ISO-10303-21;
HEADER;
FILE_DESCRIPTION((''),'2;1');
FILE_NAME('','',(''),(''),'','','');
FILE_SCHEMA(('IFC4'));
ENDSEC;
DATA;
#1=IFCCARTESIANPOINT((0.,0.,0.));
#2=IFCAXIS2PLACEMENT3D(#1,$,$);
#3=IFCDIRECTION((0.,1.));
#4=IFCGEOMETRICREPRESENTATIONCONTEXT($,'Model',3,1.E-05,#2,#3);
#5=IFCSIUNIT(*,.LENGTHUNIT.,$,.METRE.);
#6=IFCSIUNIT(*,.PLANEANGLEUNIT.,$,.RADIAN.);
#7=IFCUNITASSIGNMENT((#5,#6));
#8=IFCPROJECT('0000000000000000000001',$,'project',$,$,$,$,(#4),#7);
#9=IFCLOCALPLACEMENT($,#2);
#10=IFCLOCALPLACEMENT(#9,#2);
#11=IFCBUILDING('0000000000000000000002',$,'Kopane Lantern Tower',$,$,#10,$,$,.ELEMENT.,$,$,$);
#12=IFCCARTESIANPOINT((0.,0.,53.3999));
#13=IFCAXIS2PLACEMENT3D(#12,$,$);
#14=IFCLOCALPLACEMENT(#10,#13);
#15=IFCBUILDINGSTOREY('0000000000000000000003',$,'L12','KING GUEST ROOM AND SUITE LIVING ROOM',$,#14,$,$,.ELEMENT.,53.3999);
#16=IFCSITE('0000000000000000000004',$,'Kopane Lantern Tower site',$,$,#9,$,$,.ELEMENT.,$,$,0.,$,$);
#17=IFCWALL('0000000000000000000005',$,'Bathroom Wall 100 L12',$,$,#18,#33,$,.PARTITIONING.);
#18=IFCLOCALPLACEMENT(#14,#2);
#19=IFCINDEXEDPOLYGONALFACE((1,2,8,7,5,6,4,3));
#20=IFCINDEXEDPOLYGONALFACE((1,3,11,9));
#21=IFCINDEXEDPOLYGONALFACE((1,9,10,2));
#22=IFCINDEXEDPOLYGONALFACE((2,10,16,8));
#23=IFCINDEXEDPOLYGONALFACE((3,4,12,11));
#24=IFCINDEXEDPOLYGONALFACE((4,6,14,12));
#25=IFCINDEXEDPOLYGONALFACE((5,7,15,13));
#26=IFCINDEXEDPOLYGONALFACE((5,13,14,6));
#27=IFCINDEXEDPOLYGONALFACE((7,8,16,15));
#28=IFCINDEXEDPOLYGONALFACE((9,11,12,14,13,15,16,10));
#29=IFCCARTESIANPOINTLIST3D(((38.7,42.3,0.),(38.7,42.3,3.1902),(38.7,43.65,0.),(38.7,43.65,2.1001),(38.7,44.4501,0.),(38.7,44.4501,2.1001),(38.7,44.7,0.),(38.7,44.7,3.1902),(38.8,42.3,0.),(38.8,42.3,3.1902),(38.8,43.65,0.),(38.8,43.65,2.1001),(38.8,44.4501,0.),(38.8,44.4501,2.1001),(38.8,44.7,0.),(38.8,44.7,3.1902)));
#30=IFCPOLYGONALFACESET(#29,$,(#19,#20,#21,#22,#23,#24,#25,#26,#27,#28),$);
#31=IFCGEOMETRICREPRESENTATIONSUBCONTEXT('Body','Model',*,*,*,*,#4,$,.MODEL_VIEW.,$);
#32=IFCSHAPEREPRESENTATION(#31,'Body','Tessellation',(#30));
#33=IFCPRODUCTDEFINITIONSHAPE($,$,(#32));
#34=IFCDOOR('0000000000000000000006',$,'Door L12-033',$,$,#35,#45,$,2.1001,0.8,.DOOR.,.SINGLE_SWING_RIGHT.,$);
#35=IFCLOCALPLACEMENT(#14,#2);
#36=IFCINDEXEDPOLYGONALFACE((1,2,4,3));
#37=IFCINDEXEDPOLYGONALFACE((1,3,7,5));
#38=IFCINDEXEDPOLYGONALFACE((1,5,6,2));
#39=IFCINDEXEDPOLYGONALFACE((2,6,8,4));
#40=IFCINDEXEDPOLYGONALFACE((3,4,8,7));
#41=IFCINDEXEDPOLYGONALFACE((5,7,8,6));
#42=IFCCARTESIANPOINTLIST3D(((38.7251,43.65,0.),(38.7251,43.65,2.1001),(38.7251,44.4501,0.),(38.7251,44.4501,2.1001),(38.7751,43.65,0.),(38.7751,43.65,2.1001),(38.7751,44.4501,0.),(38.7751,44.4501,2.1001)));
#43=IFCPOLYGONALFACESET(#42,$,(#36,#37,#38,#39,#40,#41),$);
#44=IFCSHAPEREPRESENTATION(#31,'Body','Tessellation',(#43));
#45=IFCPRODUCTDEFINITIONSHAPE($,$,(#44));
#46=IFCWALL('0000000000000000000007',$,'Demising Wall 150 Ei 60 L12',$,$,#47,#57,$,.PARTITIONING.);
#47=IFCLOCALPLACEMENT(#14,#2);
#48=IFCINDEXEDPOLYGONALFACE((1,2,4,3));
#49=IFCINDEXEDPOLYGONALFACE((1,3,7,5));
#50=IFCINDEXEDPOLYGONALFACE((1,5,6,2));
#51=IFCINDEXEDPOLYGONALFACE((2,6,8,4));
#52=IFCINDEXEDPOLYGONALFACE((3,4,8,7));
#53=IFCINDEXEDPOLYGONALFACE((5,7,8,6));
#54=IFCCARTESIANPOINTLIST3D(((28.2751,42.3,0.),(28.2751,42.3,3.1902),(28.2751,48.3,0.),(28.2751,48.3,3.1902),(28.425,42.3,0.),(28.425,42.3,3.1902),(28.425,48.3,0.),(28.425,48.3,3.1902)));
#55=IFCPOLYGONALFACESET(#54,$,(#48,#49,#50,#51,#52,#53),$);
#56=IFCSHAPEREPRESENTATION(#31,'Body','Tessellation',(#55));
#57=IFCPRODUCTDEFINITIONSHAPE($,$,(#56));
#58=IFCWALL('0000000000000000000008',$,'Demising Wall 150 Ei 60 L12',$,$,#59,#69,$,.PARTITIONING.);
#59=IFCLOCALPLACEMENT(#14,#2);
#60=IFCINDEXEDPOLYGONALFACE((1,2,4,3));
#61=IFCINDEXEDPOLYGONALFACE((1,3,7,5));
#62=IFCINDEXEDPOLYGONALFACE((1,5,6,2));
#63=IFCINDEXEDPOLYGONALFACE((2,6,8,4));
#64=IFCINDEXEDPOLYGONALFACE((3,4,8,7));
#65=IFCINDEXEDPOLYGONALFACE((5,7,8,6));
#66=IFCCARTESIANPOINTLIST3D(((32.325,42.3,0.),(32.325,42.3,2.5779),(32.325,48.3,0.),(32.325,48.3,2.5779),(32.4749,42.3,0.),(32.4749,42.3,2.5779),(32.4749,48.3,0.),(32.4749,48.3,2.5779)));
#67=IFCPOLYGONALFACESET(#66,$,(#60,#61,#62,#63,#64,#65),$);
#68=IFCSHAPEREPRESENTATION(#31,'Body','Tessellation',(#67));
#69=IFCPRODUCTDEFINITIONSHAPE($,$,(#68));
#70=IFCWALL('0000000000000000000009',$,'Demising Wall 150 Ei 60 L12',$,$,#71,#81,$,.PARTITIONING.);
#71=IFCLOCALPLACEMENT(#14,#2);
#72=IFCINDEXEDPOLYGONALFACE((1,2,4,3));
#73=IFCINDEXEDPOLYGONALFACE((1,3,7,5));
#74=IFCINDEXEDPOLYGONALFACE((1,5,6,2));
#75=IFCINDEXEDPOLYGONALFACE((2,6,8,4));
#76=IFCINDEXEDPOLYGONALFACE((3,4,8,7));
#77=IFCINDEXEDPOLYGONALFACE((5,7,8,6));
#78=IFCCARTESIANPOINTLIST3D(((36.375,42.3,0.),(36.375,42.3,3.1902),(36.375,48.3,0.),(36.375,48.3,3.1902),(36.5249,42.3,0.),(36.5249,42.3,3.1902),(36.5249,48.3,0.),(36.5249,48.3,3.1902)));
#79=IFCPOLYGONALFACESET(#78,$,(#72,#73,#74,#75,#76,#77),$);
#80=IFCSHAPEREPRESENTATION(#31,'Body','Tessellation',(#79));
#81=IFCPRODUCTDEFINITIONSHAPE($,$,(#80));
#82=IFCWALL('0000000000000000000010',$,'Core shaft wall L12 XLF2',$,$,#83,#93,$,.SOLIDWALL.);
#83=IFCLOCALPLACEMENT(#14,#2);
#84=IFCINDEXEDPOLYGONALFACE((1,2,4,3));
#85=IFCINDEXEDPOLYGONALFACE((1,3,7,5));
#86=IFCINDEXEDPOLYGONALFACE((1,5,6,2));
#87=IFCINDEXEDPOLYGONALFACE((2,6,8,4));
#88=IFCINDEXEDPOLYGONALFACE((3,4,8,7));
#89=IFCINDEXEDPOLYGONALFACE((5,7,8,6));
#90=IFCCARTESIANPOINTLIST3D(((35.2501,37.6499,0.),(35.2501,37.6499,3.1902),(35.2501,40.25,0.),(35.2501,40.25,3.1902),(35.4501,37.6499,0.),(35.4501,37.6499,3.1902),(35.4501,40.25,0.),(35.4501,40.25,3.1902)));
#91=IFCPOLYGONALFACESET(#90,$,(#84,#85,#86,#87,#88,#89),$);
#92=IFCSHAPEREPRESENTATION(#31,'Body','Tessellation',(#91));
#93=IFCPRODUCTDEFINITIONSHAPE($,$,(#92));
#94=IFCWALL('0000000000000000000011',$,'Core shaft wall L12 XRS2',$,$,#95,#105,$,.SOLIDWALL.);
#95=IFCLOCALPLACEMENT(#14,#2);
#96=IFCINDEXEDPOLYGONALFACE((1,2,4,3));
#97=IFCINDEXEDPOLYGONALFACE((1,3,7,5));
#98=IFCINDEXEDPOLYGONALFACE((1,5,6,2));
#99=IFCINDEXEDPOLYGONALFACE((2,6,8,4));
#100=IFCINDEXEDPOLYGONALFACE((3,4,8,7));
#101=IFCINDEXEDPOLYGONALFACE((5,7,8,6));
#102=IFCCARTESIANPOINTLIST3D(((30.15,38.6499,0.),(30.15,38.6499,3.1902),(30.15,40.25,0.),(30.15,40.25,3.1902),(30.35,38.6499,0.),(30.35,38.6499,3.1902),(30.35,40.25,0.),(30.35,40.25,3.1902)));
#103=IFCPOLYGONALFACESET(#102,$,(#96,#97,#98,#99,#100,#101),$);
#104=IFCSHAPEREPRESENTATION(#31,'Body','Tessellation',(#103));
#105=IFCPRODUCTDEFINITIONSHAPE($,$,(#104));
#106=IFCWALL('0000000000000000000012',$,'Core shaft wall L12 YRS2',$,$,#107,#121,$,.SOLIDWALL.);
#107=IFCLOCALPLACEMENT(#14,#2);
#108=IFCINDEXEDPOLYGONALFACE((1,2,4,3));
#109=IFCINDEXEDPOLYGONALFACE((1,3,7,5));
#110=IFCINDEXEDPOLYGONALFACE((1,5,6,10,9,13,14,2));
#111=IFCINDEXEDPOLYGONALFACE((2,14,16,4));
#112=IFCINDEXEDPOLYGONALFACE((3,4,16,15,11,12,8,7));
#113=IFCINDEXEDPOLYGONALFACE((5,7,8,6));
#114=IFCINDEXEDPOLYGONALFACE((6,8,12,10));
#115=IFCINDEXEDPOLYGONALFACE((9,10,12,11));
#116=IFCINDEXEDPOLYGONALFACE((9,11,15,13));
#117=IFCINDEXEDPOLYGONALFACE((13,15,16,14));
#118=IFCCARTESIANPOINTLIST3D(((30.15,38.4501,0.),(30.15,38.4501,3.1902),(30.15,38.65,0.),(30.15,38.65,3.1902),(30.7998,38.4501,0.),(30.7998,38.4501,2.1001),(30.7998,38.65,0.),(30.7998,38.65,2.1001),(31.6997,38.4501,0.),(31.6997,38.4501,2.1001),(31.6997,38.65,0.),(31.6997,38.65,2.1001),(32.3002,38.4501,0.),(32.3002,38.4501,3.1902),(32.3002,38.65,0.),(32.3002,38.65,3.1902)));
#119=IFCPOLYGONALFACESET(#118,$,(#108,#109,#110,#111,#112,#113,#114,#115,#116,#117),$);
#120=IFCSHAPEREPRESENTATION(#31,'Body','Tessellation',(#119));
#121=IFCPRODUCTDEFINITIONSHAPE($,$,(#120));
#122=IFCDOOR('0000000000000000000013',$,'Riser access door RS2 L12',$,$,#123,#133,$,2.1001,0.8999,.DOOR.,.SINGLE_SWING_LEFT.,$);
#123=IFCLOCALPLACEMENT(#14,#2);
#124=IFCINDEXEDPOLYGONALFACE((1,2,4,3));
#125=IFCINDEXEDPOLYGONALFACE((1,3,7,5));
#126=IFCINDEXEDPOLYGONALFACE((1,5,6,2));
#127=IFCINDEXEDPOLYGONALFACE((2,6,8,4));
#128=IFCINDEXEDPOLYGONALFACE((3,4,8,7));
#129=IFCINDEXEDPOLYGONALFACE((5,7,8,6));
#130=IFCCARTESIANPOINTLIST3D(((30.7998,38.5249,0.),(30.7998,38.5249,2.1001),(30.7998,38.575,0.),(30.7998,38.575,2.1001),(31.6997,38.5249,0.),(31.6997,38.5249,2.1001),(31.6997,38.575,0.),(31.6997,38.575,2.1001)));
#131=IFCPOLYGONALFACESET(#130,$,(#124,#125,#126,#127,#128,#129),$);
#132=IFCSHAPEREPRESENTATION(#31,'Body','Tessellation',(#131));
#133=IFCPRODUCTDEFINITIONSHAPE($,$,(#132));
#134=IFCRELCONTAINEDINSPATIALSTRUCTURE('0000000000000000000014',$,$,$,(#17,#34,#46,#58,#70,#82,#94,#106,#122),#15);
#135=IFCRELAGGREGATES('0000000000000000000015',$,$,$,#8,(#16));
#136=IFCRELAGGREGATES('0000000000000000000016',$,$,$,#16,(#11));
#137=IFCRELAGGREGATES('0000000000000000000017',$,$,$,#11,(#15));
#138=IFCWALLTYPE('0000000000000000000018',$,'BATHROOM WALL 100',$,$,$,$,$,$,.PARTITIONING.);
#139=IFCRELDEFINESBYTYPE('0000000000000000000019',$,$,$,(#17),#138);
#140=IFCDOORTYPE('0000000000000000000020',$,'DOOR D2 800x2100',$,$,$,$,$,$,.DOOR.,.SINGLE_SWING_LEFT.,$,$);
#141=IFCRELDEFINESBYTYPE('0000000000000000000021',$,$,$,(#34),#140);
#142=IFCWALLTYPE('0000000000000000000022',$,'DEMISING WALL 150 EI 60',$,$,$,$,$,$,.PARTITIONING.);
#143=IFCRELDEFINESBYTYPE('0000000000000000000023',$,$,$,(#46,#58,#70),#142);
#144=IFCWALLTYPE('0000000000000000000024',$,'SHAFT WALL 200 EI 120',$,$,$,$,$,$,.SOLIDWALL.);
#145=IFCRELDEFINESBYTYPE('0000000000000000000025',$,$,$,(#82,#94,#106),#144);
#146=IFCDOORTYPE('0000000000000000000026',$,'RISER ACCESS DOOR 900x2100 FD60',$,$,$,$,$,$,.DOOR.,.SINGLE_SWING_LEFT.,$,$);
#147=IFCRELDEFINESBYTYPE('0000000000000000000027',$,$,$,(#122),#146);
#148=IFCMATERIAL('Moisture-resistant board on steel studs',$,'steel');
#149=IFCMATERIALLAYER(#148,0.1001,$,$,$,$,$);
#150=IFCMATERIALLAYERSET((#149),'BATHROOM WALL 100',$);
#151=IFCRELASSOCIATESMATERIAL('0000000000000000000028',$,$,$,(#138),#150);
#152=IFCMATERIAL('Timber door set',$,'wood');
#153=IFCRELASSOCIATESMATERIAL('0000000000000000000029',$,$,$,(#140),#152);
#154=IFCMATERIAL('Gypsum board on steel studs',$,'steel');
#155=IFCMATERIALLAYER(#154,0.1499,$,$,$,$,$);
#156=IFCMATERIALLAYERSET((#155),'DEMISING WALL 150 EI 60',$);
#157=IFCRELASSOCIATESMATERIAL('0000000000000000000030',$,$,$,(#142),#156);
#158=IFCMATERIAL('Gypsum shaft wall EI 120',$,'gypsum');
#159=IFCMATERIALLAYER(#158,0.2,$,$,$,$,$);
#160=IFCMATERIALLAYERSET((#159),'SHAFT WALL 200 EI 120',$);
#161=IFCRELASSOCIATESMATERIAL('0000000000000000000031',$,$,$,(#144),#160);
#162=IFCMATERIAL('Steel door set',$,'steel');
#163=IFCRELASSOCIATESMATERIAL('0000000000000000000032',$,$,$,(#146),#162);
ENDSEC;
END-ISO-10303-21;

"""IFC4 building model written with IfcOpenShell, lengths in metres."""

from ifc_helpers import new_model, si_unit, direction, frame, frame_2d, origin, place, context, subcontext, project, spatial, rectangle, extrude, material, layer, layer_set, type_object, element, fill, save


model = new_model("IFC4")

# Units and contexts
model_context = context("Model", 3, precision=1e-05, world=origin(), true_north=direction((0.0, 1.0)))
body_context = subcontext(model_context, "Body", "Model", "MODEL_VIEW")
ifc_project = project(units=[si_unit("LENGTHUNIT", "METRE"), si_unit("PLANEANGLEUNIT", "RADIAN")], contexts=[model_context])

# Site, building, storey
site_placement = place(None, origin())
site = spatial("IfcSite", under=ifc_project, at=site_placement, Name="Kopane Lantern Tower site", CompositionType="ELEMENT", RefElevation=0.0)
building_placement = place(site_placement, origin())
building = spatial("IfcBuilding", under=site, at=building_placement, Name="Kopane Lantern Tower", CompositionType="ELEMENT")
storey_placement = place(building_placement, frame((0.0, 0.0, 53.3999)))
storey = spatial("IfcBuildingStorey", under=building, at=storey_placement, Name="L12", Description="KING GUEST ROOM AND SUITE LIVING ROOM", CompositionType="ELEMENT", Elevation=53.3999)

# Shared definitions
ifc_material_1 = material(Name="Moisture-resistant board on steel studs", Category="steel")
ifc_layer_1 = layer(ifc_material_1, 0.1001)
ifc_layer_set_1 = layer_set([ifc_layer_1], Name="BATHROOM WALL 100")
wall_type_1 = type_object("IfcWallType", Name="BATHROOM WALL 100", PredefinedType="PARTITIONING", material=ifc_layer_set_1)
ifc_material_2 = material(Name="Timber door set", Category="wood")
door_type_1 = type_object("IfcDoorType", Name="DOOR D2 800x2100", OperationType="SINGLE_SWING_LEFT", PredefinedType="DOOR", material=ifc_material_2)

# Wall, opening, door
wall_1_placement = place(storey_placement, frame((38.75, 42.3, 0.0), z_axis=(0.0, 0.0, 1.0), x_axis=(0.0, 1.0, 0.0)))
wall_1 = element("IfcWall", 1, at=wall_1_placement, inside=storey, type_object=wall_type_1, Name="Bathroom Wall 100 L12", PredefinedType="PARTITIONING", context=body_context, shape_type="SweptSolid", body=[
    extrude(rectangle(XDim=2.3999, YDim=0.1001, at=frame_2d((1.2, 0.0))), origin(), (0.0, 0.0, 1.0), 3.1902),
])
opening_1_placement = place(wall_1_placement, frame((1.3501, 0.0, 0.0)))
opening_1 = element("IfcOpeningElement", 2, at=opening_1_placement, cuts=wall_1, PredefinedType="OPENING", context=body_context, shape_type="SweptSolid", body=[
    extrude(rectangle(XDim=0.8, YDim=2.1001, at=frame_2d((0.3999, 1.05))), frame((0.0, 0.0601, 0.0), z_axis=(0.0, -1.0, 0.0), x_axis=(1.0, 0.0, 0.0)), (0.0, 0.0, 1.0), 0.1201),
])
door_1_placement = place(opening_1_placement, origin())
door_1 = element("IfcDoor", 3, at=door_1_placement, inside=storey, type_object=door_type_1, Name="Door L12-033", OperationType="SINGLE_SWING_RIGHT", OverallHeight=2.1001, OverallWidth=0.8, PredefinedType="DOOR", context=body_context, shape_type="SweptSolid", body=[
    extrude(rectangle(XDim=0.8, YDim=2.1001, at=frame_2d((0.3999, 1.05))), frame((0.0, 0.0249, 0.0), z_axis=(0.0, -1.0, 0.0), x_axis=(1.0, 0.0, 0.0)), (0.0, 0.0, 1.0), 0.05),
])
fill(opening_1, door_1)

# Walls
ifc_material_3 = material(Name="Gypsum board on steel studs", Category="steel")
ifc_layer_2 = layer(ifc_material_3, 0.1499)
ifc_layer_set_2 = layer_set([ifc_layer_2], Name="DEMISING WALL 150 EI 60")
wall_type_2 = type_object("IfcWallType", Name="DEMISING WALL 150 EI 60", PredefinedType="PARTITIONING", material=ifc_layer_set_2)
wall_2_placement = place(storey_placement, frame((28.3501, 42.3, 0.0), z_axis=(0.0, 0.0, 1.0), x_axis=(0.0, 1.0, 0.0)))
element("IfcWall", 4, at=wall_2_placement, inside=storey, type_object=wall_type_2, Name="Demising Wall 150 Ei 60 L12", PredefinedType="PARTITIONING", context=body_context, shape_type="SweptSolid", body=[
    extrude(rectangle(XDim=6.0, YDim=0.1499, at=frame_2d((3.0, 0.0))), origin(), (0.0, 0.0, 1.0), 3.1902),
])
wall_3_placement = place(storey_placement, frame((32.3999, 42.3, 0.0), z_axis=(0.0, 0.0, 1.0), x_axis=(0.0, 1.0, 0.0)))
element("IfcWall", 5, at=wall_3_placement, inside=storey, type_object=wall_type_2, Name="Demising Wall 150 Ei 60 L12", PredefinedType="PARTITIONING", context=body_context, shape_type="SweptSolid", body=[
    extrude(rectangle(XDim=6.0, YDim=0.1499, at=frame_2d((3.0, 0.0))), origin(), (0.0, 0.0, 1.0), 2.5779),
])
wall_4_placement = place(storey_placement, frame((36.45, 42.3, 0.0), z_axis=(0.0, 0.0, 1.0), x_axis=(0.0, 1.0, 0.0)))
element("IfcWall", 6, at=wall_4_placement, inside=storey, type_object=wall_type_2, Name="Demising Wall 150 Ei 60 L12", PredefinedType="PARTITIONING", context=body_context, shape_type="SweptSolid", body=[
    extrude(rectangle(XDim=6.0, YDim=0.1499, at=frame_2d((3.0, 0.0))), origin(), (0.0, 0.0, 1.0), 3.1902),
])
ifc_material_4 = material(Name="Gypsum shaft wall EI 120", Category="gypsum")
ifc_layer_3 = layer(ifc_material_4, 0.2)
ifc_layer_set_3 = layer_set([ifc_layer_3], Name="SHAFT WALL 200 EI 120")
wall_type_3 = type_object("IfcWallType", Name="SHAFT WALL 200 EI 120", PredefinedType="SOLIDWALL", material=ifc_layer_set_3)
wall_5_placement = place(storey_placement, frame((35.3501, 37.6499, 0.0), z_axis=(0.0, 0.0, 1.0), x_axis=(0.0, 1.0, 0.0)))
element("IfcWall", 7, at=wall_5_placement, inside=storey, type_object=wall_type_3, Name="Core shaft wall L12 XLF2", PredefinedType="SOLIDWALL", context=body_context, shape_type="SweptSolid", body=[
    extrude(rectangle(XDim=2.6001, YDim=0.2, at=frame_2d((1.3, 0.0))), origin(), (0.0, 0.0, 1.0), 3.1902),
])
wall_6_placement = place(storey_placement, frame((30.25, 38.6499, 0.0), z_axis=(0.0, 0.0, 1.0), x_axis=(0.0, 1.0, 0.0)))
element("IfcWall", 8, at=wall_6_placement, inside=storey, type_object=wall_type_3, Name="Core shaft wall L12 XRS2", PredefinedType="SOLIDWALL", context=body_context, shape_type="SweptSolid", body=[
    extrude(rectangle(XDim=1.6001, YDim=0.2, at=frame_2d((0.8, 0.0))), origin(), (0.0, 0.0, 1.0), 3.1902),
])

# Wall, opening, door
wall_7_placement = place(storey_placement, frame((30.1499, 38.55, 0.0), z_axis=(0.0, 0.0, 1.0), x_axis=(1.0, 0.0, 0.0)))
wall_7 = element("IfcWall", 9, at=wall_7_placement, inside=storey, type_object=wall_type_3, Name="Core shaft wall L12 YRS2", PredefinedType="SOLIDWALL", context=body_context, shape_type="SweptSolid", body=[
    extrude(rectangle(XDim=2.1501, YDim=0.2, at=frame_2d((1.0752, 0.0))), origin(), (0.0, 0.0, 1.0), 3.1902),
])
opening_2_placement = place(wall_7_placement, frame((0.6499, 0.0, 0.0)))
opening_2 = element("IfcOpeningElement", 10, at=opening_2_placement, cuts=wall_7, PredefinedType="OPENING", context=body_context, shape_type="SweptSolid", body=[
    extrude(rectangle(XDim=0.8999, YDim=2.1001, at=frame_2d((0.45, 1.05))), frame((0.0, 0.1099, 0.0), z_axis=(0.0, -1.0, 0.0), x_axis=(1.0, 0.0, 0.0)), (0.0, 0.0, 1.0), 0.22),
])
ifc_material_5 = material(Name="Steel door set", Category="steel")
door_type_2 = type_object("IfcDoorType", Name="RISER ACCESS DOOR 900x2100 FD60", OperationType="SINGLE_SWING_LEFT", PredefinedType="DOOR", material=ifc_material_5)
door_2_placement = place(opening_2_placement, origin())
door_2 = element("IfcDoor", 11, at=door_2_placement, inside=storey, type_object=door_type_2, Name="Riser access door RS2 L12", OperationType="SINGLE_SWING_LEFT", OverallHeight=2.1001, OverallWidth=0.8999, PredefinedType="DOOR", context=body_context, shape_type="SweptSolid", body=[
    extrude(rectangle(XDim=0.8999, YDim=2.1001, at=frame_2d((0.45, 1.05))), frame((0.0, 0.0249, 0.0), z_axis=(0.0, -1.0, 0.0), x_axis=(1.0, 0.0, 0.0)), (0.0, 0.0, 1.0), 0.05),
])
fill(opening_2, door_2)

save(model, "model.ifc")
